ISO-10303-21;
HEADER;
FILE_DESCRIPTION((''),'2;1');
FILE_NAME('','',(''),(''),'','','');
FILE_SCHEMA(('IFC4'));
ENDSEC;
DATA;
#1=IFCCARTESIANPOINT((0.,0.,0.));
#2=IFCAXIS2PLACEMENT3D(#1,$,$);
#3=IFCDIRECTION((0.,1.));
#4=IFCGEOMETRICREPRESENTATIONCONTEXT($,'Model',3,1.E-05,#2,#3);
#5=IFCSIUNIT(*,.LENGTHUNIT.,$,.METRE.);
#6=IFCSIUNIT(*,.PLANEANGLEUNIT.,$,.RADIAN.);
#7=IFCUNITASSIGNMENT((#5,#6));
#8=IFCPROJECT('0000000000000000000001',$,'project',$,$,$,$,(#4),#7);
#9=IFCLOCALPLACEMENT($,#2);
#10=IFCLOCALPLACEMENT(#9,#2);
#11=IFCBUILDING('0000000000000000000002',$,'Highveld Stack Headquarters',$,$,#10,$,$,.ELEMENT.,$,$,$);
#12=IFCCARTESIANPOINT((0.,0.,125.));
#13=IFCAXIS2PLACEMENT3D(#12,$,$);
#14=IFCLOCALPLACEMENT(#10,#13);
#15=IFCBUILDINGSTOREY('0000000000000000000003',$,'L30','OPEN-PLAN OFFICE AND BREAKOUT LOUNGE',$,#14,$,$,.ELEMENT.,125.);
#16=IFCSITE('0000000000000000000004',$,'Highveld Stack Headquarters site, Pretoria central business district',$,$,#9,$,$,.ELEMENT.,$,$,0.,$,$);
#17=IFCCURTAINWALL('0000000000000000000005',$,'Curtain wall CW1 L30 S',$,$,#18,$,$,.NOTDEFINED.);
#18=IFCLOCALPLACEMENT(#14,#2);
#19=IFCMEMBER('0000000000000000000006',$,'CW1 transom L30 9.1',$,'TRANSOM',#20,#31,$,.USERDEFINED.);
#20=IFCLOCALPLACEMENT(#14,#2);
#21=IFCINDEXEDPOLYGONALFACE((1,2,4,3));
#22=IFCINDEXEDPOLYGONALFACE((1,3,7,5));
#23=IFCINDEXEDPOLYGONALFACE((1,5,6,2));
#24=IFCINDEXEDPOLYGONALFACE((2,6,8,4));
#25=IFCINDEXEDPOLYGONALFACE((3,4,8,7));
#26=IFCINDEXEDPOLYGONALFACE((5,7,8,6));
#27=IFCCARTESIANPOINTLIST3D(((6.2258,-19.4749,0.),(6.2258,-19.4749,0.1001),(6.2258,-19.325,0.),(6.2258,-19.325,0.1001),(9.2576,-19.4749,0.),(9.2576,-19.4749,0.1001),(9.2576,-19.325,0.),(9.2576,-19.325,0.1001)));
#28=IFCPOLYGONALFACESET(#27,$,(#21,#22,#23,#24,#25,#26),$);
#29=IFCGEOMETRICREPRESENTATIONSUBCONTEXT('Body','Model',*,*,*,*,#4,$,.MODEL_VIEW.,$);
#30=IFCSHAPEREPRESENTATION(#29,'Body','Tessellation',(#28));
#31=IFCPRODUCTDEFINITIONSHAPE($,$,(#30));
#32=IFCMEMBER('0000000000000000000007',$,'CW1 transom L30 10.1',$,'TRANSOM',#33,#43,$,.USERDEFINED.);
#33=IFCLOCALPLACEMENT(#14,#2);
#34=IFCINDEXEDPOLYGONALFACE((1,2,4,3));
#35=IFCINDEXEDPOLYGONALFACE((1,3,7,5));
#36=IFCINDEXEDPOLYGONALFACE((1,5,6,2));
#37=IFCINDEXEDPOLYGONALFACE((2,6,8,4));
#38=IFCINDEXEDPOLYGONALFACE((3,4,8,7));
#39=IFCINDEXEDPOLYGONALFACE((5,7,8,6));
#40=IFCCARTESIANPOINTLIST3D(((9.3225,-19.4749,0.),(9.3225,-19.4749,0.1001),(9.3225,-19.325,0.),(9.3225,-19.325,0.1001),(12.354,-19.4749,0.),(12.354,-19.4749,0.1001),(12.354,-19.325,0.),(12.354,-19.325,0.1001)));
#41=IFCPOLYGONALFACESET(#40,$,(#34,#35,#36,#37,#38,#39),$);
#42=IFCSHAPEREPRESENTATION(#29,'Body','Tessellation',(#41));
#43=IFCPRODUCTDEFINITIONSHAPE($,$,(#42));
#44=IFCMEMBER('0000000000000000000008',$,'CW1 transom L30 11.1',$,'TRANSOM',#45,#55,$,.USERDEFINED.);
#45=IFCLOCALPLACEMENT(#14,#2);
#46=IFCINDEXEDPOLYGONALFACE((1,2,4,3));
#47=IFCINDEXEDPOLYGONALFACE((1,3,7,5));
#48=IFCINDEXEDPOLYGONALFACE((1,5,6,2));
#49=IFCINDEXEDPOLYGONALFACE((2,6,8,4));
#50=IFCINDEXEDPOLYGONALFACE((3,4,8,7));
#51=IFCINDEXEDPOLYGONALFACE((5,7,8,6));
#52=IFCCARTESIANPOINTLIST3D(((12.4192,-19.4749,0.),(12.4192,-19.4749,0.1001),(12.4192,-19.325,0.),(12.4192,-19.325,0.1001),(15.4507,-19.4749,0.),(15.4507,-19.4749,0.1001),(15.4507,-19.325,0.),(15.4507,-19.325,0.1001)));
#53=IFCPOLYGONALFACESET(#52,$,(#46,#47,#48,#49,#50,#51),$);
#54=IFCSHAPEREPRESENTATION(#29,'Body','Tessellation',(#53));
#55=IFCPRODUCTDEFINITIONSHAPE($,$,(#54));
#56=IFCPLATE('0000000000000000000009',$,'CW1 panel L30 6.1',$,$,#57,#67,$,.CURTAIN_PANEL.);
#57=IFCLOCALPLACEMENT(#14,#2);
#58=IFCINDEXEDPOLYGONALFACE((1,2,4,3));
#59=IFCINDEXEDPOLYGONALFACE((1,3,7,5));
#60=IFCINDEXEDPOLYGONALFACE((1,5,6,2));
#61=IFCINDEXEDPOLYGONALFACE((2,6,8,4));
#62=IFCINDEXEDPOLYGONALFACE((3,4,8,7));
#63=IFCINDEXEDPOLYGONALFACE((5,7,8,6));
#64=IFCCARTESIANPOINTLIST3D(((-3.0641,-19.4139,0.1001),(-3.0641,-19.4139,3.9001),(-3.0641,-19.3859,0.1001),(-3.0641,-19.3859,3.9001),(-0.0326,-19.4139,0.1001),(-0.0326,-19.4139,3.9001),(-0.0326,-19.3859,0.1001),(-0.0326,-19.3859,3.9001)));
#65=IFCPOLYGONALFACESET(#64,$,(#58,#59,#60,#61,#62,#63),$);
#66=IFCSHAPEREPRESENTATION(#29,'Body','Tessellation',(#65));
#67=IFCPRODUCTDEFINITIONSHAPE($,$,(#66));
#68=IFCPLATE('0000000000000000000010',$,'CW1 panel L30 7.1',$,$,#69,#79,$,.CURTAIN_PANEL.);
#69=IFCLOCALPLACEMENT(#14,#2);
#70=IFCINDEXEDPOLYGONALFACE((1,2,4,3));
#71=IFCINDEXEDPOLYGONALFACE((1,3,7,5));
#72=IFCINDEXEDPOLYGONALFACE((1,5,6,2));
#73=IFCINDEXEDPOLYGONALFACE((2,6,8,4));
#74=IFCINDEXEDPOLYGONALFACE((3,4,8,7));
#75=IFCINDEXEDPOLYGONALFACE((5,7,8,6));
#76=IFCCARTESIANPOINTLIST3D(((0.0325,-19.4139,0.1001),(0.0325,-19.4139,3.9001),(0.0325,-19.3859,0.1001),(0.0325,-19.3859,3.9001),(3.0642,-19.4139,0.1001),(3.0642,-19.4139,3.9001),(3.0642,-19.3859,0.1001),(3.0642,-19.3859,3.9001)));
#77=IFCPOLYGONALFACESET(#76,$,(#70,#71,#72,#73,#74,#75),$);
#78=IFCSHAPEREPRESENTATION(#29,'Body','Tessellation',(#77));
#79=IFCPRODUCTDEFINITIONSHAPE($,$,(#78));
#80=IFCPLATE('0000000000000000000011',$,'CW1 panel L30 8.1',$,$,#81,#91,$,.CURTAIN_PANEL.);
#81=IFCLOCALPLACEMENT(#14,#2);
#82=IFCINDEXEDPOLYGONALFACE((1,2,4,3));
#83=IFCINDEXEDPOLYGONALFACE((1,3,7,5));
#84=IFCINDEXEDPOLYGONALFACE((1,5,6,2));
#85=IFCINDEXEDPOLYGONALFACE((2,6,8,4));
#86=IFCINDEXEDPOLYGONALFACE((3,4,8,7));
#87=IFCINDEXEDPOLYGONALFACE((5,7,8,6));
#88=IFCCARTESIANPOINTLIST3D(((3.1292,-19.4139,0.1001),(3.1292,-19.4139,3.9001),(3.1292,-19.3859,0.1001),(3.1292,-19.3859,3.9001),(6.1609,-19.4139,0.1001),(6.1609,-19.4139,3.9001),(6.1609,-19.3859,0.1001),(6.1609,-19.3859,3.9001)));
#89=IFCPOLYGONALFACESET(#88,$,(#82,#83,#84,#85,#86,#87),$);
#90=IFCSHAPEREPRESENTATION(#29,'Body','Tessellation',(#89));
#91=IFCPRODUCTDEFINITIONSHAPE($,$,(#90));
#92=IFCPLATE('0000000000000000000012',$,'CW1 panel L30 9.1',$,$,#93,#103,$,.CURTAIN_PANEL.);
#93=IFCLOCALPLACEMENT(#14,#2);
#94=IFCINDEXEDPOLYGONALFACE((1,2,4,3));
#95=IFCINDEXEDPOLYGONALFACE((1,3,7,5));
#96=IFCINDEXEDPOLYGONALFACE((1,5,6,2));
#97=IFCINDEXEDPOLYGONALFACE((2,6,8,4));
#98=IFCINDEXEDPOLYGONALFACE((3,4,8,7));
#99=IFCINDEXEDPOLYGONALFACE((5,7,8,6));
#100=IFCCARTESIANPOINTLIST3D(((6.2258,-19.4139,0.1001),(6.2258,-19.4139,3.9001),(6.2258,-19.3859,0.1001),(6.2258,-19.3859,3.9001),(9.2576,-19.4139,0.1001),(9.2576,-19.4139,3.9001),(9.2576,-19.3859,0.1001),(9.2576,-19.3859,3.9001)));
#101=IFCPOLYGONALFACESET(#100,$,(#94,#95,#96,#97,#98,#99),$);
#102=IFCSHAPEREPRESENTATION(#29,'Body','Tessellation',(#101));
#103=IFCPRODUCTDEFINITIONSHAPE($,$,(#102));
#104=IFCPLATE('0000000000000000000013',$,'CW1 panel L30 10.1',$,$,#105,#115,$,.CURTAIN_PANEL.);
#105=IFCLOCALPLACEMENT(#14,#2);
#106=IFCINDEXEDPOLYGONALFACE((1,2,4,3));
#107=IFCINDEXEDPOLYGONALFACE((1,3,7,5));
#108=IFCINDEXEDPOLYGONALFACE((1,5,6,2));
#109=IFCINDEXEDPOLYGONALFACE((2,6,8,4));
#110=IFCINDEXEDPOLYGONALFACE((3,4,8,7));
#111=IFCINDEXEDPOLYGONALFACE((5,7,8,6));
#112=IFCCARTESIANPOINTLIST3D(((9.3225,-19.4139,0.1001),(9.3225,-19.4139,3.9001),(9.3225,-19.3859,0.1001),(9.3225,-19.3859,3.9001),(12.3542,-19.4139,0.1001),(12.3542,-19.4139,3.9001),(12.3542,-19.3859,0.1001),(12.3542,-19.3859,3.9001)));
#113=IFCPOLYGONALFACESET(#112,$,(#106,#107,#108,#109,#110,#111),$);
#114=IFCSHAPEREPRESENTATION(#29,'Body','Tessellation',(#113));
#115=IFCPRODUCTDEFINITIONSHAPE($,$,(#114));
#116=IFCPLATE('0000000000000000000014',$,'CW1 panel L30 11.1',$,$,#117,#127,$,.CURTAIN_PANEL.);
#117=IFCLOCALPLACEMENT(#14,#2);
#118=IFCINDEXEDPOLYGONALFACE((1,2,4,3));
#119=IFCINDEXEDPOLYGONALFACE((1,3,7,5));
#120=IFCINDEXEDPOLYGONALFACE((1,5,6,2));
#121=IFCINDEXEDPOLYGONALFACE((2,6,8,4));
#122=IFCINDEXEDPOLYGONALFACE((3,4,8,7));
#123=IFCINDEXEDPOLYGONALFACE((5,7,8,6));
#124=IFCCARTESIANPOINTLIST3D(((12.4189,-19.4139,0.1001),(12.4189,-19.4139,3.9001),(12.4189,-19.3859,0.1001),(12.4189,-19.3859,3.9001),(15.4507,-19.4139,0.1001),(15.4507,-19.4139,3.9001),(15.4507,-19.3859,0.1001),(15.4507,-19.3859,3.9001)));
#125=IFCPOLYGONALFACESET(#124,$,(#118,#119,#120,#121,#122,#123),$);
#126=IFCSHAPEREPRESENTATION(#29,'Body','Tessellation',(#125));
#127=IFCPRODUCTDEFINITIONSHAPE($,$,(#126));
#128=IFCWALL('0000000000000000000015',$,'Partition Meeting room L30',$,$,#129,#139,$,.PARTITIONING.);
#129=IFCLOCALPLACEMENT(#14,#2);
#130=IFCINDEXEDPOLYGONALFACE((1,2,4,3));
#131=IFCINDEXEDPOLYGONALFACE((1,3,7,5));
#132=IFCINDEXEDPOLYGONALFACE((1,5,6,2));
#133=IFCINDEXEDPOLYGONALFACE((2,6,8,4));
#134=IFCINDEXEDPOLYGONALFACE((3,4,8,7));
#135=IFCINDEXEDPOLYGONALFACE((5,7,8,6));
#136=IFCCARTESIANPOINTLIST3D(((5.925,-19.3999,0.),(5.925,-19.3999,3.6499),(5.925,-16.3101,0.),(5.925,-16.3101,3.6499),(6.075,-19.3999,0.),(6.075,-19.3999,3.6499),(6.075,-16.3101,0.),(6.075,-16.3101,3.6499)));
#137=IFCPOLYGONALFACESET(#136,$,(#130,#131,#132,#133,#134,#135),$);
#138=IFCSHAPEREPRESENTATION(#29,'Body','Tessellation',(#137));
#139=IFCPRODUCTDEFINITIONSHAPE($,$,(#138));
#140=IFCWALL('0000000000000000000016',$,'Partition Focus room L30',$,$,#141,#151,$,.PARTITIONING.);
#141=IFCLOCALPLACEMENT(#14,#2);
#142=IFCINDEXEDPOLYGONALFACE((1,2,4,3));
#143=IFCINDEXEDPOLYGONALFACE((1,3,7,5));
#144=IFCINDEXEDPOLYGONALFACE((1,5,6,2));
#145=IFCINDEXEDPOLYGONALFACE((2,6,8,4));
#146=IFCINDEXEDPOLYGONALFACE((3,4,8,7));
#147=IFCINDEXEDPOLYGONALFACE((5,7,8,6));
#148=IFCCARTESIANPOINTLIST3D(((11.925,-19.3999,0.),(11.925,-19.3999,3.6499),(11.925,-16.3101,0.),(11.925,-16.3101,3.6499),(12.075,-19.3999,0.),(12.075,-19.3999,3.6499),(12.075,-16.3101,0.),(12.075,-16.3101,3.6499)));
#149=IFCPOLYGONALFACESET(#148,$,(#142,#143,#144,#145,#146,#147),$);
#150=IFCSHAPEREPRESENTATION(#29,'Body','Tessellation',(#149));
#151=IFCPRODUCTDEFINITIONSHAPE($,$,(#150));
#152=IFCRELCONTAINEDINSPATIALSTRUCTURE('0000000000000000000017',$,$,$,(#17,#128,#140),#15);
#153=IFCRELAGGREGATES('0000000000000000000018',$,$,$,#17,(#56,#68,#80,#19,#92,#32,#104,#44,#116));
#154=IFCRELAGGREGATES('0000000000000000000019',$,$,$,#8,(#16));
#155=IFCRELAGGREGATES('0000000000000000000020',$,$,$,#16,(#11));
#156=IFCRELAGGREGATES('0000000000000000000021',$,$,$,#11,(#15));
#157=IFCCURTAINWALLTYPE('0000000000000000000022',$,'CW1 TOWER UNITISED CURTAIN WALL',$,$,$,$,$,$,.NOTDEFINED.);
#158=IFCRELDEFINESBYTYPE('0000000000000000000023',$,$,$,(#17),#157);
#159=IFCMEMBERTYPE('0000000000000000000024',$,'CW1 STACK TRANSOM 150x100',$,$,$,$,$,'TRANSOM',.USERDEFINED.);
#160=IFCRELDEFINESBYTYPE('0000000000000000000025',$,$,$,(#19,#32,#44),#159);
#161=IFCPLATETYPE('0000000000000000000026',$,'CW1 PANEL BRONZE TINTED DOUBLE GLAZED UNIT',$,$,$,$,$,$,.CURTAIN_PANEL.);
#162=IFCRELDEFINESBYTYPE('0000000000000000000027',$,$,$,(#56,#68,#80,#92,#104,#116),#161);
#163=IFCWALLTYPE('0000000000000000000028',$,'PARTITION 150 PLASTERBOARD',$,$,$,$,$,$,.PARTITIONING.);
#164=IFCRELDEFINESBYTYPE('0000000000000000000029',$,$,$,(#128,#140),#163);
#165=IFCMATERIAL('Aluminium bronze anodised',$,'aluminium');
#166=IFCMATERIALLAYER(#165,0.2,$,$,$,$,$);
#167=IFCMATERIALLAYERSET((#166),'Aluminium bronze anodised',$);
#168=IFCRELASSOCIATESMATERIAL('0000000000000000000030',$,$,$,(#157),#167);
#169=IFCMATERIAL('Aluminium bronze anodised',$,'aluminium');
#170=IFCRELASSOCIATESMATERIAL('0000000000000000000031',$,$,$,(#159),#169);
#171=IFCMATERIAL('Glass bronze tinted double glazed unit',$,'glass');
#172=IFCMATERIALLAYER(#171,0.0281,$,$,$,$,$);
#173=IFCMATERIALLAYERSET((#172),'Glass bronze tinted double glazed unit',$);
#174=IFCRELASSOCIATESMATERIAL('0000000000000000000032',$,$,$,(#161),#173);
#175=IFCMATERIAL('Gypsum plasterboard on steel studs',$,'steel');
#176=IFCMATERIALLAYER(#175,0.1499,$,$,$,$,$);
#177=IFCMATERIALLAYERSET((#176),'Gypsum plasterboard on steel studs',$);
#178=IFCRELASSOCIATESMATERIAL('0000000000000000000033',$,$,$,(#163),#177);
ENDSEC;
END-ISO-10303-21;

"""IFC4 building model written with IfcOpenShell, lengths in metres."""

from ifc_helpers import new_model, si_unit, direction, frame, frame_2d, origin, origin_2d, place, context, subcontext, project, spatial, rectangle, extrude, material, layer, layer_set, material_profile, profile_set, type_object, element, aggregate, save


model = new_model("IFC4")

# Units and contexts
model_context = context("Model", 3, precision=1e-05, world=origin(), true_north=direction((0.0, 1.0)))
body_context = subcontext(model_context, "Body", "Model", "MODEL_VIEW")
ifc_project = project(units=[si_unit("LENGTHUNIT", "METRE"), si_unit("PLANEANGLEUNIT", "RADIAN")], contexts=[model_context])

# Site, building, storey
site_placement = place(None, origin())
site = spatial("IfcSite", under=ifc_project, at=site_placement, Name="Highveld Stack Headquarters site, Pretoria central business district", CompositionType="ELEMENT", RefElevation=0.0)
building_placement = place(site_placement, origin())
building = spatial("IfcBuilding", under=site, at=building_placement, Name="Highveld Stack Headquarters", CompositionType="ELEMENT")
storey_placement = place(building_placement, frame((0.0, 0.0, 125.0)))
storey = spatial("IfcBuildingStorey", under=building, at=storey_placement, Name="L30", Description="OPEN-PLAN OFFICE AND BREAKOUT LOUNGE", CompositionType="ELEMENT", Elevation=125.0)

# Curtain wall, members, plates
ifc_material_1 = material(Name="Aluminium bronze anodised", Category="aluminium")
ifc_layer_1 = layer(ifc_material_1, 0.2)
ifc_layer_set_1 = layer_set([ifc_layer_1], Name="Aluminium bronze anodised")
curtain_wall_type = type_object("IfcCurtainWallType", Name="CW1 TOWER UNITISED CURTAIN WALL", PredefinedType="NOTDEFINED", material=ifc_layer_set_1)
curtain_wall_placement = place(storey_placement, origin())
curtain_wall = element("IfcCurtainWall", 1, at=curtain_wall_placement, inside=storey, type_object=curtain_wall_type, Name="Curtain wall CW1 L30 S", PredefinedType="NOTDEFINED")
ifc_material_2 = material(Name="Aluminium bronze anodised", Category="aluminium")
ifc_material_profile_1 = material_profile(ifc_material_2, rectangle(XDim=0.1499, YDim=0.1001, at=origin_2d()), Name="CW1 TRANSOM 150x100")
ifc_profile_set_1 = profile_set([ifc_material_profile_1], Name="Aluminium bronze anodised")
member_type_1 = type_object("IfcMemberType", Name="CW1 STACK TRANSOM 150x100", ElementType="TRANSOM", PredefinedType="USERDEFINED", material=ifc_profile_set_1)
member_1_placement = place(storey_placement, frame((6.2258, -19.3999, 0.05), z_axis=(1.0, 0.0, 0.0), x_axis=(0.0, 1.0, 0.0)))
member_1 = element("IfcMember", 2, at=member_1_placement, type_object=member_type_1, Name="CW1 transom L30 9.1", ObjectType="TRANSOM", PredefinedType="USERDEFINED", context=body_context, shape_type="SweptSolid", body=[
    extrude(rectangle(XDim=0.1499, YDim=0.1001, at=origin_2d()), origin(), (0.0, 0.0, 1.0), 3.0317),
])
member_2_placement = place(storey_placement, frame((9.3225, -19.3999, 0.05), z_axis=(1.0, 0.0, 0.0), x_axis=(0.0, 1.0, 0.0)))
member_2 = element("IfcMember", 3, at=member_2_placement, type_object=member_type_1, Name="CW1 transom L30 10.1", ObjectType="TRANSOM", PredefinedType="USERDEFINED", context=body_context, shape_type="SweptSolid", body=[
    extrude(rectangle(XDim=0.1499, YDim=0.1001, at=origin_2d()), origin(), (0.0, 0.0, 1.0), 3.0315),
])
member_3_placement = place(storey_placement, frame((12.4192, -19.3999, 0.05), z_axis=(1.0, 0.0, 0.0), x_axis=(0.0, 1.0, 0.0)))
member_3 = element("IfcMember", 4, at=member_3_placement, type_object=member_type_1, Name="CW1 transom L30 11.1", ObjectType="TRANSOM", PredefinedType="USERDEFINED", context=body_context, shape_type="SweptSolid", body=[
    extrude(rectangle(XDim=0.1499, YDim=0.1001, at=origin_2d()), origin(), (0.0, 0.0, 1.0), 3.0315),
])
ifc_material_3 = material(Name="Glass bronze tinted double glazed unit", Category="glass")
ifc_layer_2 = layer(ifc_material_3, 0.0281)
ifc_layer_set_2 = layer_set([ifc_layer_2], Name="Glass bronze tinted double glazed unit")
plate_type = type_object("IfcPlateType", Name="CW1 PANEL BRONZE TINTED DOUBLE GLAZED UNIT", PredefinedType="CURTAIN_PANEL", material=ifc_layer_set_2)
plate_1_placement = place(storey_placement, frame((-1.5483, -19.3999, 0.1001), z_axis=(0.0, 0.0, 1.0), x_axis=(1.0, 0.0, 0.0)))
plate_1 = element("IfcPlate", 5, at=plate_1_placement, type_object=plate_type, Name="CW1 panel L30 6.1", PredefinedType="CURTAIN_PANEL", context=body_context, shape_type="SweptSolid", body=[
    extrude(rectangle(XDim=3.0315, YDim=0.0281, at=origin_2d()), origin(), (0.0, 0.0, 1.0), 3.8),
])
plate_2_placement = place(storey_placement, frame((1.5483, -19.3999, 0.1001), z_axis=(0.0, 0.0, 1.0), x_axis=(1.0, 0.0, 0.0)))
plate_2 = element("IfcPlate", 6, at=plate_2_placement, type_object=plate_type, Name="CW1 panel L30 7.1", PredefinedType="CURTAIN_PANEL", context=body_context, shape_type="SweptSolid", body=[
    extrude(rectangle(XDim=3.0317, YDim=0.0281, at=origin_2d()), origin(), (0.0, 0.0, 1.0), 3.8),
])
plate_3_placement = place(storey_placement, frame((4.645, -19.3999, 0.1001), z_axis=(0.0, 0.0, 1.0), x_axis=(1.0, 0.0, 0.0)))
plate_3 = element("IfcPlate", 7, at=plate_3_placement, type_object=plate_type, Name="CW1 panel L30 8.1", PredefinedType="CURTAIN_PANEL", context=body_context, shape_type="SweptSolid", body=[
    extrude(rectangle(XDim=3.0317, YDim=0.0281, at=origin_2d()), origin(), (0.0, 0.0, 1.0), 3.8),
])
plate_4_placement = place(storey_placement, frame((7.7417, -19.3999, 0.1001), z_axis=(0.0, 0.0, 1.0), x_axis=(1.0, 0.0, 0.0)))
plate_4 = element("IfcPlate", 8, at=plate_4_placement, type_object=plate_type, Name="CW1 panel L30 9.1", PredefinedType="CURTAIN_PANEL", context=body_context, shape_type="SweptSolid", body=[
    extrude(rectangle(XDim=3.0317, YDim=0.0281, at=origin_2d()), origin(), (0.0, 0.0, 1.0), 3.8),
])
plate_5_placement = place(storey_placement, frame((10.8384, -19.3999, 0.1001), z_axis=(0.0, 0.0, 1.0), x_axis=(1.0, 0.0, 0.0)))
plate_5 = element("IfcPlate", 9, at=plate_5_placement, type_object=plate_type, Name="CW1 panel L30 10.1", PredefinedType="CURTAIN_PANEL", context=body_context, shape_type="SweptSolid", body=[
    extrude(rectangle(XDim=3.0317, YDim=0.0281, at=origin_2d()), origin(), (0.0, 0.0, 1.0), 3.8),
])
plate_6_placement = place(storey_placement, frame((13.9348, -19.3999, 0.1001), z_axis=(0.0, 0.0, 1.0), x_axis=(1.0, 0.0, 0.0)))
plate_6 = element("IfcPlate", 10, at=plate_6_placement, type_object=plate_type, Name="CW1 panel L30 11.1", PredefinedType="CURTAIN_PANEL", context=body_context, shape_type="SweptSolid", body=[
    extrude(rectangle(XDim=3.0317, YDim=0.0281, at=origin_2d()), origin(), (0.0, 0.0, 1.0), 3.8),
])
aggregate(curtain_wall, [plate_1, plate_2, plate_3, member_1, plate_4, member_2, plate_5, member_3, plate_6])

# Walls
ifc_material_4 = material(Name="Gypsum plasterboard on steel studs", Category="steel")
ifc_layer_3 = layer(ifc_material_4, 0.1499)
ifc_layer_set_3 = layer_set([ifc_layer_3], Name="Gypsum plasterboard on steel studs")
wall_type = type_object("IfcWallType", Name="PARTITION 150 PLASTERBOARD", PredefinedType="PARTITIONING", material=ifc_layer_set_3)
for number, where, z_axis, x_axis, name in (
    (11, (6.0, -19.3999, 0.0), (0.0, 0.0, 1.0), (0.0, 1.0, 0.0), "Partition Meeting room L30"),
    (12, (12.0, -19.3999, 0.0), (0.0, 0.0, 1.0), (0.0, 1.0, 0.0), "Partition Focus room L30"),
):
    element("IfcWall", number, at=place(storey_placement, frame(where, z_axis=z_axis, x_axis=x_axis)), inside=storey, type_object=wall_type, Name=name, PredefinedType="PARTITIONING", context=body_context, shape_type="SweptSolid", body=[
        extrude(rectangle(XDim=3.0898, YDim=0.1499, at=frame_2d((1.5449, 0.0))), origin(), (0.0, 0.0, 1.0), 3.6499),
    ])

save(model, "model.ifc")
